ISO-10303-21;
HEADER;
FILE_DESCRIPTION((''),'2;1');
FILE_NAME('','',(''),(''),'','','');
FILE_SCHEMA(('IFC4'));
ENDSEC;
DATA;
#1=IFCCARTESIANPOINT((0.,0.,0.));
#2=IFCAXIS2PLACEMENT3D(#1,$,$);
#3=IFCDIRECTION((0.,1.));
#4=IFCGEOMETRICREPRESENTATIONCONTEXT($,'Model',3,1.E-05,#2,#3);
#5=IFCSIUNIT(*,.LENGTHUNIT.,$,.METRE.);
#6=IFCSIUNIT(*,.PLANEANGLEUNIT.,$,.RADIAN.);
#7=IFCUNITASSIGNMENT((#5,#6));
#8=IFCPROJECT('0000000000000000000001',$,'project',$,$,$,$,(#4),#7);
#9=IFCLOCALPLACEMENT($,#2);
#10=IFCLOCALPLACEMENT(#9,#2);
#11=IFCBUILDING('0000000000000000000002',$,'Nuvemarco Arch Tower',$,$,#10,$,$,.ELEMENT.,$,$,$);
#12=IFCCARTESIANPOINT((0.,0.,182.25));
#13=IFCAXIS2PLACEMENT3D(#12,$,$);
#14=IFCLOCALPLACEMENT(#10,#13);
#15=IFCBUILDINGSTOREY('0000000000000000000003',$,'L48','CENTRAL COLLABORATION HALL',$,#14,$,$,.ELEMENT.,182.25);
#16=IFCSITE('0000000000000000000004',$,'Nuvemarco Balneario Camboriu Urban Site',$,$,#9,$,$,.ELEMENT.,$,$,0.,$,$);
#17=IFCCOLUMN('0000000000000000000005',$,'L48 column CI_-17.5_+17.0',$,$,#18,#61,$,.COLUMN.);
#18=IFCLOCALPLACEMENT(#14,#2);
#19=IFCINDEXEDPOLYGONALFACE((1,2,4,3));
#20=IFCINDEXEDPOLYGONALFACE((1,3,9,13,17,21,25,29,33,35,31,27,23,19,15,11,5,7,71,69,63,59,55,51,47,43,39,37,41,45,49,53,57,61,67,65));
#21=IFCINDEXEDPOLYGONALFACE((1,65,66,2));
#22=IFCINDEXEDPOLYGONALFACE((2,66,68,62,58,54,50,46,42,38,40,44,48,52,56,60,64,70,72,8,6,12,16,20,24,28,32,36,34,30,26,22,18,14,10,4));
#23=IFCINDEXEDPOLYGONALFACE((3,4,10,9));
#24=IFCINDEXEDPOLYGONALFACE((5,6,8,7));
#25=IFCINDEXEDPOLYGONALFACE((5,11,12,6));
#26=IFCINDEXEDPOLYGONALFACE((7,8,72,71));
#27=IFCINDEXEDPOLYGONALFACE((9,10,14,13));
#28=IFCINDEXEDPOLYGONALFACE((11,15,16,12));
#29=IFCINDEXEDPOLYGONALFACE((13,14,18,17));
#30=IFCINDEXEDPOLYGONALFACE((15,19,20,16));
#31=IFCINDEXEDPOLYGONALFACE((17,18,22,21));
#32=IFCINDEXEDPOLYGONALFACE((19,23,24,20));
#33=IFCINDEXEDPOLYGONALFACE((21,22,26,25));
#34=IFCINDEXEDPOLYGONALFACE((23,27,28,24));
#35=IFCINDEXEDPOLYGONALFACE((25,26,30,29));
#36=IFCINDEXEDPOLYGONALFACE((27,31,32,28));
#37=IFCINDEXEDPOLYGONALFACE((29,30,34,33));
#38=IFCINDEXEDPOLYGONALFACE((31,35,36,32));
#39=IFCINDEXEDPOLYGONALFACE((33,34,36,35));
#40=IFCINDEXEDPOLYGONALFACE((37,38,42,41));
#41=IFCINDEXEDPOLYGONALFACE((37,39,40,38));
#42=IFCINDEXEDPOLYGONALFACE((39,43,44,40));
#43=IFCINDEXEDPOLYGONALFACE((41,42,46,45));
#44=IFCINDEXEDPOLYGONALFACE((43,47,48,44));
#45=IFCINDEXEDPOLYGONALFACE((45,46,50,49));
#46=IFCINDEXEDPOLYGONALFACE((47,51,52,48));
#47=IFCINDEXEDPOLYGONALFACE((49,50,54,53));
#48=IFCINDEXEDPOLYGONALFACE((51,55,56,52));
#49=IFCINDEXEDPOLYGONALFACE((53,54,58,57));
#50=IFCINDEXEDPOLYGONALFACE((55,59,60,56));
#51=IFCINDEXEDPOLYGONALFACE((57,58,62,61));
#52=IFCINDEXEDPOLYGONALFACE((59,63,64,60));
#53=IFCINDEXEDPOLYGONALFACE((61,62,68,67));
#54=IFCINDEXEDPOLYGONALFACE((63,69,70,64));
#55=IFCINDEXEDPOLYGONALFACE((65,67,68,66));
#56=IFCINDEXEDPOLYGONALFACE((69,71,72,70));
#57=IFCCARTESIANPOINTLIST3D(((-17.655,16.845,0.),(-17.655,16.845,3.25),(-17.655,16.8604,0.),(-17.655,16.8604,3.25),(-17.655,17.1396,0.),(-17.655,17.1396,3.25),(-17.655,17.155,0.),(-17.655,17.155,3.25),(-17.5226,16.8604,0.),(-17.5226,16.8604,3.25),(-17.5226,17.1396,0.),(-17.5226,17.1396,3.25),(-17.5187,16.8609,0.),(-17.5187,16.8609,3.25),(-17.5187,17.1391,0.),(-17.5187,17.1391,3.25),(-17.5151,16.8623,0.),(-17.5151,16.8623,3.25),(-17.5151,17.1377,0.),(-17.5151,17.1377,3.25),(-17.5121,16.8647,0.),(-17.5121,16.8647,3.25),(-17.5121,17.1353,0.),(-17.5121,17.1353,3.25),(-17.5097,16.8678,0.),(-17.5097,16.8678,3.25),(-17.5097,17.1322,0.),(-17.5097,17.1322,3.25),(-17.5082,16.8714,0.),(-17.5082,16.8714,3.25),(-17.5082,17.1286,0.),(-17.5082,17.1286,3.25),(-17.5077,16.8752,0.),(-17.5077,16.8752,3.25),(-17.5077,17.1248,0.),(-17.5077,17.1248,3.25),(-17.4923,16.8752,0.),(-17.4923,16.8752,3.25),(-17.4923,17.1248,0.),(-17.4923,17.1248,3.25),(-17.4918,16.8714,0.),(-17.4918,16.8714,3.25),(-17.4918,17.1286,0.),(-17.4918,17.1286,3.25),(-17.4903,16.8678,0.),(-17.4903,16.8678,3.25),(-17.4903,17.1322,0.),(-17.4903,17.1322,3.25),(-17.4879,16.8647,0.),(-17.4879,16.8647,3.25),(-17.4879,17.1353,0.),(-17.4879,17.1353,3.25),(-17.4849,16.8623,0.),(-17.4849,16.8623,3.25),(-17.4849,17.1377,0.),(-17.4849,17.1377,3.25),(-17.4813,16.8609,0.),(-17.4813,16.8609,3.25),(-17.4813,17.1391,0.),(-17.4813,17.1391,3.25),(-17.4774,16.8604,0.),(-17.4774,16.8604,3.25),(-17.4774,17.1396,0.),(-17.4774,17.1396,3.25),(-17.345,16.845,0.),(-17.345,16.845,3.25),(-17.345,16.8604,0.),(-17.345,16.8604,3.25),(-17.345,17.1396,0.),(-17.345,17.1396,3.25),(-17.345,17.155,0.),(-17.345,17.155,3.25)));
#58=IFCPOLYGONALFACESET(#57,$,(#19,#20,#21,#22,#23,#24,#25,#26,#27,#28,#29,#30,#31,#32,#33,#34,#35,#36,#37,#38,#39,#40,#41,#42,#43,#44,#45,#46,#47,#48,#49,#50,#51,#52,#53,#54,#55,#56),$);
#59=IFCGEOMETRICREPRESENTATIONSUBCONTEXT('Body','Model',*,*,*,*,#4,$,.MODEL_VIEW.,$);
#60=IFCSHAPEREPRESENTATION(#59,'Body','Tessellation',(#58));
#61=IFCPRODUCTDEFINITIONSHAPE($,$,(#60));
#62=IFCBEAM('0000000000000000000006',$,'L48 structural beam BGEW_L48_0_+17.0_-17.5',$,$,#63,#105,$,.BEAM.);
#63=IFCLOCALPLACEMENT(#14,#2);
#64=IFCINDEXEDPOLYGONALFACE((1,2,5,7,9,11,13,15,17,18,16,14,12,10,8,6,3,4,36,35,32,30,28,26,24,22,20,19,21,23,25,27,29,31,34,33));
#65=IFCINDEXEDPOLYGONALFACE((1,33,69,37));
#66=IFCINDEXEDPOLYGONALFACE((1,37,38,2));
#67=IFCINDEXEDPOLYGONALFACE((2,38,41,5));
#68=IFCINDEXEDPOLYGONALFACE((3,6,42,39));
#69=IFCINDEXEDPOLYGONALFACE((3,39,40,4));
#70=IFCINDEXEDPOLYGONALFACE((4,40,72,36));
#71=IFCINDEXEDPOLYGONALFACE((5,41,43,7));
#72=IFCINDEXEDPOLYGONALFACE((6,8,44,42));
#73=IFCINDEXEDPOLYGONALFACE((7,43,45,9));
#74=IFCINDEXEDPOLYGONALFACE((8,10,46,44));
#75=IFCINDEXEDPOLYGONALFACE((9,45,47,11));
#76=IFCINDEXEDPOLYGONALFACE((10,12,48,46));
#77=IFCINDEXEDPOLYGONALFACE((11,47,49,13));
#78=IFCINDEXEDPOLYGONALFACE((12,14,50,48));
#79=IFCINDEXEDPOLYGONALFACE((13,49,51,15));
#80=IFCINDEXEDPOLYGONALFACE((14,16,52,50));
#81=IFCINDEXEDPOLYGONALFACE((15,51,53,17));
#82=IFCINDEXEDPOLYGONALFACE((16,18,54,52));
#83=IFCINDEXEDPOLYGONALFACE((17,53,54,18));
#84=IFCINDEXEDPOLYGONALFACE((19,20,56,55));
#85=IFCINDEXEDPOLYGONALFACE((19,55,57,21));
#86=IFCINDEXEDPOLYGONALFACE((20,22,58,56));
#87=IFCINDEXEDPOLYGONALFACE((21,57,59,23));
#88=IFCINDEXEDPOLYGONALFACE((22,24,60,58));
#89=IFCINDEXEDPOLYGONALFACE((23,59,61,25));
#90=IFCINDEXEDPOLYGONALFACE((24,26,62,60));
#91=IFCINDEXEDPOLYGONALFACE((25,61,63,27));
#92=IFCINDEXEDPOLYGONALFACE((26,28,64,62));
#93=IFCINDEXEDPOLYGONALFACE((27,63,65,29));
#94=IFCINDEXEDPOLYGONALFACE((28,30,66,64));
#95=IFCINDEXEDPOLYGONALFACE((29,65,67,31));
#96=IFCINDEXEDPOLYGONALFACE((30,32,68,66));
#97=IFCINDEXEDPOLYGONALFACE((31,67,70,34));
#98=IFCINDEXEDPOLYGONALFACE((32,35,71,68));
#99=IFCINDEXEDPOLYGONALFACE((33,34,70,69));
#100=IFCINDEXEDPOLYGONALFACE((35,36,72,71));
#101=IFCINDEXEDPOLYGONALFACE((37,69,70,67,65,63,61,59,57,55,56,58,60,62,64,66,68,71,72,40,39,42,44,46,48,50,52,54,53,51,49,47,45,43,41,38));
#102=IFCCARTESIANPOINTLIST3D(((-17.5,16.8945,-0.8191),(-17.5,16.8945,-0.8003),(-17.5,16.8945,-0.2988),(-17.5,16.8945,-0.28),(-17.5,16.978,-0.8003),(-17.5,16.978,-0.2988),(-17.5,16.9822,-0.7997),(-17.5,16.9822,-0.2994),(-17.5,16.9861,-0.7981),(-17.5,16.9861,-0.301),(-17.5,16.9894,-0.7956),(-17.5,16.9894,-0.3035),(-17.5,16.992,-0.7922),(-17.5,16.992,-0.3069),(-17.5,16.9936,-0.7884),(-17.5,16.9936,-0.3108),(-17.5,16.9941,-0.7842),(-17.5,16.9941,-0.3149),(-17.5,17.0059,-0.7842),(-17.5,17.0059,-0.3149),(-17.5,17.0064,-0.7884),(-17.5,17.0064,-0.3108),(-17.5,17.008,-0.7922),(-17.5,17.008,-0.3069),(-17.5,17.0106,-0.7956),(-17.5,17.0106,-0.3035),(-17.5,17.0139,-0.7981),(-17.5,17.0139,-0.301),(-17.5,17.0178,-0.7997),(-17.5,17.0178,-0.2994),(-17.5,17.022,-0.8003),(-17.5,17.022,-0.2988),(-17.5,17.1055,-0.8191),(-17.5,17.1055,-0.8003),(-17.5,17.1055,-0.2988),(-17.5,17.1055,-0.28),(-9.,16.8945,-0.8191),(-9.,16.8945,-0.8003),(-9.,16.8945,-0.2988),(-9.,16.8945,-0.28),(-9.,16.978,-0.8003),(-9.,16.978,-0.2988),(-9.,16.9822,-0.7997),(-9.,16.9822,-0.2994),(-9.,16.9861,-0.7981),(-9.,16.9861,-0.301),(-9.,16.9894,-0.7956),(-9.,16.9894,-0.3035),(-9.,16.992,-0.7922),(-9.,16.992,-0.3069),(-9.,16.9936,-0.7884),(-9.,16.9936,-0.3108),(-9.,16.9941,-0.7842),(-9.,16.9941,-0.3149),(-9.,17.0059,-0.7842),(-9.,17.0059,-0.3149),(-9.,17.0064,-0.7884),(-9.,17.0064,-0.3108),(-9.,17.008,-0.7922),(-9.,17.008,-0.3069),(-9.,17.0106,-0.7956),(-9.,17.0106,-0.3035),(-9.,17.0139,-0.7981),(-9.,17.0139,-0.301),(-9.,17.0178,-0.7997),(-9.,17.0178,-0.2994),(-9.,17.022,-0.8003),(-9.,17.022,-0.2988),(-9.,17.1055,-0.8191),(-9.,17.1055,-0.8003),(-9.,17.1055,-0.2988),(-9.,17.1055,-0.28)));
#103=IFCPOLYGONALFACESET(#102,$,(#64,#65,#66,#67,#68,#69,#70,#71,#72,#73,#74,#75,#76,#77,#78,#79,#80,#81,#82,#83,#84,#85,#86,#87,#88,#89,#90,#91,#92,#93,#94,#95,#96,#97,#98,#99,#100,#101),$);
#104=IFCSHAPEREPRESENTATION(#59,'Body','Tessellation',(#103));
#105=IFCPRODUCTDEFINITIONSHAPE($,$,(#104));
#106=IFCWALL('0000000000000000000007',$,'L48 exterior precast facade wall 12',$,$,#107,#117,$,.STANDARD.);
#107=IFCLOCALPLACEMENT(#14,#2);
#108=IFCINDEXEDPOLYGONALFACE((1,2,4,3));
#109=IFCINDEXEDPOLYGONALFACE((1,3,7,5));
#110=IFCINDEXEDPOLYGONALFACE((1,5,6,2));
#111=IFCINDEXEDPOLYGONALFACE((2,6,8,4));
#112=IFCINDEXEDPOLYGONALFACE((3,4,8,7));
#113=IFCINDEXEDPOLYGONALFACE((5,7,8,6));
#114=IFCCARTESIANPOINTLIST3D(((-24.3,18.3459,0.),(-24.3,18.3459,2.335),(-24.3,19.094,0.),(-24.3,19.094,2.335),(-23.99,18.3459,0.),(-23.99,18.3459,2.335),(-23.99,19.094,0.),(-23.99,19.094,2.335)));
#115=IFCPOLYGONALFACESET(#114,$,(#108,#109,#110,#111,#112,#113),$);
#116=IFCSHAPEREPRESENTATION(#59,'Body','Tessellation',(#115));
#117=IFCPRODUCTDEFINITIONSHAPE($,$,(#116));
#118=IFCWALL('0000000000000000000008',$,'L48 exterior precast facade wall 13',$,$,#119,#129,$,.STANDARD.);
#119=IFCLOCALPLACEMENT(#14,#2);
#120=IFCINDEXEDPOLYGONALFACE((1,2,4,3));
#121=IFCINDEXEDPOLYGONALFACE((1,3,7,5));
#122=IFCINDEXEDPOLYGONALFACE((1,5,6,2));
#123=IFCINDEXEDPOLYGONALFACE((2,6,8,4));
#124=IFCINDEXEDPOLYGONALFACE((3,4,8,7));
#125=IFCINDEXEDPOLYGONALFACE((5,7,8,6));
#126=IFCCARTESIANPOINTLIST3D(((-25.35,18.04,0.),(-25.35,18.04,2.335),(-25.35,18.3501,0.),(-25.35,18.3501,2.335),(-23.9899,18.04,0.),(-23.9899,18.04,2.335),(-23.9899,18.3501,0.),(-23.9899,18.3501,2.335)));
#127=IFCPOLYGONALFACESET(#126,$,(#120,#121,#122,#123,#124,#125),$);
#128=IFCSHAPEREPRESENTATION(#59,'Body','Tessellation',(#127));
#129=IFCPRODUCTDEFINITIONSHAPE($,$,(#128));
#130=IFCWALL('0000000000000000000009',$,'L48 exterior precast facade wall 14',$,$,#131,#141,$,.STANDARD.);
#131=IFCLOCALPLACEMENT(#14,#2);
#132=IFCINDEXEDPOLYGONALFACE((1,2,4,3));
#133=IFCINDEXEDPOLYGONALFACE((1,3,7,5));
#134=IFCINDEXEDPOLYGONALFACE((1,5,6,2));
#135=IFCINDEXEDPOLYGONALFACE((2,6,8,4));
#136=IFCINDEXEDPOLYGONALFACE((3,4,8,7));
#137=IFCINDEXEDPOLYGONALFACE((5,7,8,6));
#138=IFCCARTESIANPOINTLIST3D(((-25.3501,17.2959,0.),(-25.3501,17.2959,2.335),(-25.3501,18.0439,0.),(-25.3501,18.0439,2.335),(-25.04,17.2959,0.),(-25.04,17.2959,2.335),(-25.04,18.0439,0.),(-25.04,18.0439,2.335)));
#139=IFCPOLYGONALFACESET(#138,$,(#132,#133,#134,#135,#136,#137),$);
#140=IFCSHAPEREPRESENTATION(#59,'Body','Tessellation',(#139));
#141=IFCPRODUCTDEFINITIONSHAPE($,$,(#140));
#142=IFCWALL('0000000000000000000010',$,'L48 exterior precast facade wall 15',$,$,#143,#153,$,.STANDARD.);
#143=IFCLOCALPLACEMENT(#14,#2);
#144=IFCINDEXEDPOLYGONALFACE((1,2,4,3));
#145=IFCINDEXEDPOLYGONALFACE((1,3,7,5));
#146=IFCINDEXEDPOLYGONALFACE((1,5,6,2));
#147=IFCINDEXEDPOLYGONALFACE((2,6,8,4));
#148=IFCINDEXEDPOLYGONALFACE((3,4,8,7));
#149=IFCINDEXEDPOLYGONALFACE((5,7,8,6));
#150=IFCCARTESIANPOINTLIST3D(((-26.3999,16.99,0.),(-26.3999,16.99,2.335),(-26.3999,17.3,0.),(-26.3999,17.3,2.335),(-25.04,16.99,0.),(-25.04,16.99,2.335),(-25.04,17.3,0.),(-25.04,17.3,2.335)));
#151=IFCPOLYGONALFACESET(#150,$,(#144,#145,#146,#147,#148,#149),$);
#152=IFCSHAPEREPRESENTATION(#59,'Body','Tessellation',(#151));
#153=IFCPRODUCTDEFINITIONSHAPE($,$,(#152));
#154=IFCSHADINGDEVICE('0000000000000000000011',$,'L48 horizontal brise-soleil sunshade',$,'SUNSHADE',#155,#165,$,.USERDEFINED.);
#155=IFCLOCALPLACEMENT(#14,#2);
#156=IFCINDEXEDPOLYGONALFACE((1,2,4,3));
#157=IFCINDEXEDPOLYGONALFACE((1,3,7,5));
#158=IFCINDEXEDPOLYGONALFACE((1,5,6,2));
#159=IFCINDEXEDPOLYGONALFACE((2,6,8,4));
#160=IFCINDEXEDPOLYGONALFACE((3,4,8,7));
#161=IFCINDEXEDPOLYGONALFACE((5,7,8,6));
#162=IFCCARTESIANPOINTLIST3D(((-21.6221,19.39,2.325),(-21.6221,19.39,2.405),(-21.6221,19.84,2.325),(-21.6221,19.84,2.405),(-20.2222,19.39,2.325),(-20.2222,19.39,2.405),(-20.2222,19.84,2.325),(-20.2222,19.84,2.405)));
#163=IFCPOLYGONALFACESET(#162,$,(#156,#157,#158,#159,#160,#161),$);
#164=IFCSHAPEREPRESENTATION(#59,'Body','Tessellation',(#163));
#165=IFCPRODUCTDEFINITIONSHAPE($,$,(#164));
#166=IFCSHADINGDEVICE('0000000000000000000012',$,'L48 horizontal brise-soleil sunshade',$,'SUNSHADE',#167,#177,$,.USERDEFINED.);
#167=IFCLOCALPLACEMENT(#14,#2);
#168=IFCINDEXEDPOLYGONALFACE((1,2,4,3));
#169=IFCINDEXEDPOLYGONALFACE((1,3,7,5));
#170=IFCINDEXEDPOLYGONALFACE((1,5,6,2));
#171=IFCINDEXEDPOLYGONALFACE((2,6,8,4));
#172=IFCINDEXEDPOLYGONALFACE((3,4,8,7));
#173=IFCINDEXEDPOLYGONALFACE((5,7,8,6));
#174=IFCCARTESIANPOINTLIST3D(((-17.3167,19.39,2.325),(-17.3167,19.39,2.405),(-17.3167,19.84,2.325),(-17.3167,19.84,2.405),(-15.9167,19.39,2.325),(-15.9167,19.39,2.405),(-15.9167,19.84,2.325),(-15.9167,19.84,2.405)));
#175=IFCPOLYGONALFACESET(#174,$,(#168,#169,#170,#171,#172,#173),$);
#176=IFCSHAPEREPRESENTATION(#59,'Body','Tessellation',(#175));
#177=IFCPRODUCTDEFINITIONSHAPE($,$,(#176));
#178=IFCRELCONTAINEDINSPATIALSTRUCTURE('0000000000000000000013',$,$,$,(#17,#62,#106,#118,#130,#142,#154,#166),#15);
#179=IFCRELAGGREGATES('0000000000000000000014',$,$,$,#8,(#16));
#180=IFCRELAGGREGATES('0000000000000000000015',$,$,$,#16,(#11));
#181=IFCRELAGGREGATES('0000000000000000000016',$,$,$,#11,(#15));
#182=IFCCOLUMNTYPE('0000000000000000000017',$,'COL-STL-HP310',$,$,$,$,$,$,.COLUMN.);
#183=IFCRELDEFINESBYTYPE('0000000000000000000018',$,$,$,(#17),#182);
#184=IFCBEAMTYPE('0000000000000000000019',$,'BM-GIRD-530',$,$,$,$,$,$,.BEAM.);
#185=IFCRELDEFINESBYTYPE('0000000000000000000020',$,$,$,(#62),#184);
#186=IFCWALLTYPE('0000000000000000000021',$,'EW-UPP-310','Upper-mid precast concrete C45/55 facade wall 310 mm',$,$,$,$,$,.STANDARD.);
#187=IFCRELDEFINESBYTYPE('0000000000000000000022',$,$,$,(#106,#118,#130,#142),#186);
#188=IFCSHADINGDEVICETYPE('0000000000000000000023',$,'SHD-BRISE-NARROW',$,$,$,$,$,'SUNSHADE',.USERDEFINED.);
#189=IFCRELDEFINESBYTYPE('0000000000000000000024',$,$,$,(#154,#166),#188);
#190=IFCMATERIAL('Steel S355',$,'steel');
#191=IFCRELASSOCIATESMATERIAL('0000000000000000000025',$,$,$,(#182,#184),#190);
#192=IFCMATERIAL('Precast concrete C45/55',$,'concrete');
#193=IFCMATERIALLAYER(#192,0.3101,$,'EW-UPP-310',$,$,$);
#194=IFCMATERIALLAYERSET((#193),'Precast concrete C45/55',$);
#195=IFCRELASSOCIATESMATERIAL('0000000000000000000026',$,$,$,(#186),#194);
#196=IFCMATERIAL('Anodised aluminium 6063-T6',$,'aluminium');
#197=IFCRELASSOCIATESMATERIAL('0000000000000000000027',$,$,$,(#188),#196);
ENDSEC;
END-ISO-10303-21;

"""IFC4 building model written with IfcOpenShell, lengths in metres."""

from ifc_helpers import new_model, si_unit, direction, frame, frame_2d, origin, origin_2d, place, context, subcontext, project, spatial, rectangle, i_section, extrude, source, transform, mapped, material, layer, layer_set, material_profile, profile_set, type_object, type_shapes, element, save


model = new_model("IFC4")

# Units and contexts
model_context = context("Model", 3, precision=1e-05, world=origin(), true_north=direction((0.0, 1.0)))
body_context = subcontext(model_context, "Body", "Model", "MODEL_VIEW")
ifc_project = project(units=[si_unit("LENGTHUNIT", "METRE"), si_unit("PLANEANGLEUNIT", "RADIAN")], contexts=[model_context])

# Site, building, storey
site_placement = place(None, origin())
site = spatial("IfcSite", under=ifc_project, at=site_placement, Name="Nuvemarco Balneario Camboriu Urban Site", CompositionType="ELEMENT", RefElevation=0.0)
building_placement = place(site_placement, origin())
building = spatial("IfcBuilding", under=site, at=building_placement, Name="Nuvemarco Arch Tower", CompositionType="ELEMENT")
storey_placement = place(building_placement, frame((0.0, 0.0, 182.25)))
storey = spatial("IfcBuildingStorey", under=building, at=storey_placement, Name="L48", Description="CENTRAL COLLABORATION HALL", CompositionType="ELEMENT", Elevation=182.25)

# Column
ifc_material_1 = material(Name="Steel S355", Category="steel")
ifc_material_profile_1 = material_profile(ifc_material_1, i_section(OverallWidth=0.3101, OverallDepth=0.3101, WebThickness=0.0154, FlangeThickness=0.0154, FilletRadius=0.0149, at=origin_2d()), Name="HP310x110")
ifc_profile_set_1 = profile_set([ifc_material_profile_1], Name="Steel S355")
column_type = type_object("IfcColumnType", Name="COL-STL-HP310", PredefinedType="COLUMN", material=ifc_profile_set_1)
column_placement = place(storey_placement, frame((-17.5, 17.0, 0.0), z_axis=(0.0, 0.0, 1.0), x_axis=(1.0, 0.0, 0.0)))
element("IfcColumn", 1, at=column_placement, inside=storey, type_object=column_type, Name="L48 column CI_-17.5_+17.0", PredefinedType="COLUMN", context=body_context, shape_type="SweptSolid", body=[
    extrude(i_section(OverallWidth=0.3101, OverallDepth=0.3101, WebThickness=0.0154, FlangeThickness=0.0154, FilletRadius=0.0149, at=origin_2d()), origin(), (0.0, 0.0, 1.0), 3.25),
])

# Beam
ifc_material_profile_2 = material_profile(ifc_material_1, i_section(OverallWidth=0.2109, OverallDepth=0.5391, WebThickness=0.0117, FlangeThickness=0.0188, FilletRadius=0.0161, at=origin_2d()), Name="W530x109")
ifc_profile_set_2 = profile_set([ifc_material_profile_2], Name="Steel S355")
beam_type = type_object("IfcBeamType", Name="BM-GIRD-530", PredefinedType="BEAM", material=ifc_profile_set_2)
beam_placement = place(storey_placement, frame((-17.5, 17.0, -0.5496), z_axis=(1.0, 0.0, 0.0), x_axis=(0.0, 1.0, 0.0)))
element("IfcBeam", 2, at=beam_placement, inside=storey, type_object=beam_type, Name="L48 structural beam BGEW_L48_0_+17.0_-17.5", PredefinedType="BEAM", context=body_context, shape_type="SweptSolid", body=[
    extrude(i_section(OverallWidth=0.2109, OverallDepth=0.5391, WebThickness=0.0117, FlangeThickness=0.0188, FilletRadius=0.0161, at=origin_2d()), origin(), (0.0, 0.0, 1.0), 8.5),
])

# Shared definitions
ifc_material_2 = material(Name="Precast concrete C45/55", Category="concrete")
ifc_layer = layer(ifc_material_2, 0.3101, Name="EW-UPP-310")
ifc_layer_set = layer_set([ifc_layer], Name="Precast concrete C45/55")
wall_type = type_object("IfcWallType", Name="EW-UPP-310", Description="Upper-mid precast concrete C45/55 facade wall 310 mm", PredefinedType="STANDARD", material=ifc_layer_set)

# Walls
wall_1_placement = place(storey_placement, frame((-24.145, 18.3459, 0.0), z_axis=(0.0, 0.0, 1.0), x_axis=(0.0, 1.0, 0.0)))
element("IfcWall", 3, at=wall_1_placement, inside=storey, type_object=wall_type, Name="L48 exterior precast facade wall 12", PredefinedType="STANDARD", context=body_context, shape_type="SweptSolid", body=[
    extrude(rectangle(XDim=0.748, YDim=0.3101, at=frame_2d((0.374, 0.0))), origin(), (0.0, 0.0, 1.0), 2.335),
])
wall_2_placement = place(storey_placement, frame((-25.3501, 18.1951, 0.0), z_axis=(0.0, 0.0, 1.0), x_axis=(1.0, 0.0, 0.0)))
element("IfcWall", 4, at=wall_2_placement, inside=storey, type_object=wall_type, Name="L48 exterior precast facade wall 13", PredefinedType="STANDARD", context=body_context, shape_type="SweptSolid", body=[
    extrude(rectangle(XDim=1.3601, YDim=0.3101, at=frame_2d((0.6802, 0.0))), origin(), (0.0, 0.0, 1.0), 2.335),
])
wall_3_placement = place(storey_placement, frame((-25.1951, 17.2959, 0.0), z_axis=(0.0, 0.0, 1.0), x_axis=(0.0, 1.0, 0.0)))
element("IfcWall", 5, at=wall_3_placement, inside=storey, type_object=wall_type, Name="L48 exterior precast facade wall 14", PredefinedType="STANDARD", context=body_context, shape_type="SweptSolid", body=[
    extrude(rectangle(XDim=0.748, YDim=0.3101, at=frame_2d((0.374, 0.0))), origin(), (0.0, 0.0, 1.0), 2.335),
])
wall_4_placement = place(storey_placement, frame((-26.3999, 17.145, 0.0), z_axis=(0.0, 0.0, 1.0), x_axis=(1.0, 0.0, 0.0)))
element("IfcWall", 6, at=wall_4_placement, inside=storey, type_object=wall_type, Name="L48 exterior precast facade wall 15", PredefinedType="STANDARD", context=body_context, shape_type="SweptSolid", body=[
    extrude(rectangle(XDim=1.3599, YDim=0.3101, at=frame_2d((0.6799, 0.0))), origin(), (0.0, 0.0, 1.0), 2.335),
])

# Shading devices
ifc_material_3 = material(Name="Anodised aluminium 6063-T6", Category="aluminium")
shading_device_type = type_object("IfcShadingDeviceType", Name="SHD-BRISE-NARROW", ElementType="SUNSHADE", PredefinedType="USERDEFINED", material=ifc_material_3)
shared_shape_1 = source(origin(), body_context, "Body", "SweptSolid", [
    extrude(rectangle(XDim=1.3999, YDim=0.45, at=origin_2d()), origin(), (0.0, 0.0, 1.0), 0.0801),
])
type_shapes(shading_device_type, [shared_shape_1])
for number, where, z_axis, x_axis, name in (
    (7, (-20.9221, 19.615, 2.325), (0.0, 0.0, 1.0), (1.0, 0.0, 0.0), "L48 horizontal brise-soleil sunshade"),
    (8, (-16.6167, 19.615, 2.325), (0.0, 0.0, 1.0), (1.0, 0.0, 0.0), "L48 horizontal brise-soleil sunshade"),
):
    element("IfcShadingDevice", number, at=place(storey_placement, frame(where, z_axis=z_axis, x_axis=x_axis)), inside=storey, type_object=shading_device_type, Name=name, ObjectType="SUNSHADE", PredefinedType="USERDEFINED", context=body_context, shape_type="MappedRepresentation", body=[
        mapped(shared_shape_1, transform((0.0, 0.0, 0.0), scale=1.0)),
    ])

save(model, "model.ifc")
